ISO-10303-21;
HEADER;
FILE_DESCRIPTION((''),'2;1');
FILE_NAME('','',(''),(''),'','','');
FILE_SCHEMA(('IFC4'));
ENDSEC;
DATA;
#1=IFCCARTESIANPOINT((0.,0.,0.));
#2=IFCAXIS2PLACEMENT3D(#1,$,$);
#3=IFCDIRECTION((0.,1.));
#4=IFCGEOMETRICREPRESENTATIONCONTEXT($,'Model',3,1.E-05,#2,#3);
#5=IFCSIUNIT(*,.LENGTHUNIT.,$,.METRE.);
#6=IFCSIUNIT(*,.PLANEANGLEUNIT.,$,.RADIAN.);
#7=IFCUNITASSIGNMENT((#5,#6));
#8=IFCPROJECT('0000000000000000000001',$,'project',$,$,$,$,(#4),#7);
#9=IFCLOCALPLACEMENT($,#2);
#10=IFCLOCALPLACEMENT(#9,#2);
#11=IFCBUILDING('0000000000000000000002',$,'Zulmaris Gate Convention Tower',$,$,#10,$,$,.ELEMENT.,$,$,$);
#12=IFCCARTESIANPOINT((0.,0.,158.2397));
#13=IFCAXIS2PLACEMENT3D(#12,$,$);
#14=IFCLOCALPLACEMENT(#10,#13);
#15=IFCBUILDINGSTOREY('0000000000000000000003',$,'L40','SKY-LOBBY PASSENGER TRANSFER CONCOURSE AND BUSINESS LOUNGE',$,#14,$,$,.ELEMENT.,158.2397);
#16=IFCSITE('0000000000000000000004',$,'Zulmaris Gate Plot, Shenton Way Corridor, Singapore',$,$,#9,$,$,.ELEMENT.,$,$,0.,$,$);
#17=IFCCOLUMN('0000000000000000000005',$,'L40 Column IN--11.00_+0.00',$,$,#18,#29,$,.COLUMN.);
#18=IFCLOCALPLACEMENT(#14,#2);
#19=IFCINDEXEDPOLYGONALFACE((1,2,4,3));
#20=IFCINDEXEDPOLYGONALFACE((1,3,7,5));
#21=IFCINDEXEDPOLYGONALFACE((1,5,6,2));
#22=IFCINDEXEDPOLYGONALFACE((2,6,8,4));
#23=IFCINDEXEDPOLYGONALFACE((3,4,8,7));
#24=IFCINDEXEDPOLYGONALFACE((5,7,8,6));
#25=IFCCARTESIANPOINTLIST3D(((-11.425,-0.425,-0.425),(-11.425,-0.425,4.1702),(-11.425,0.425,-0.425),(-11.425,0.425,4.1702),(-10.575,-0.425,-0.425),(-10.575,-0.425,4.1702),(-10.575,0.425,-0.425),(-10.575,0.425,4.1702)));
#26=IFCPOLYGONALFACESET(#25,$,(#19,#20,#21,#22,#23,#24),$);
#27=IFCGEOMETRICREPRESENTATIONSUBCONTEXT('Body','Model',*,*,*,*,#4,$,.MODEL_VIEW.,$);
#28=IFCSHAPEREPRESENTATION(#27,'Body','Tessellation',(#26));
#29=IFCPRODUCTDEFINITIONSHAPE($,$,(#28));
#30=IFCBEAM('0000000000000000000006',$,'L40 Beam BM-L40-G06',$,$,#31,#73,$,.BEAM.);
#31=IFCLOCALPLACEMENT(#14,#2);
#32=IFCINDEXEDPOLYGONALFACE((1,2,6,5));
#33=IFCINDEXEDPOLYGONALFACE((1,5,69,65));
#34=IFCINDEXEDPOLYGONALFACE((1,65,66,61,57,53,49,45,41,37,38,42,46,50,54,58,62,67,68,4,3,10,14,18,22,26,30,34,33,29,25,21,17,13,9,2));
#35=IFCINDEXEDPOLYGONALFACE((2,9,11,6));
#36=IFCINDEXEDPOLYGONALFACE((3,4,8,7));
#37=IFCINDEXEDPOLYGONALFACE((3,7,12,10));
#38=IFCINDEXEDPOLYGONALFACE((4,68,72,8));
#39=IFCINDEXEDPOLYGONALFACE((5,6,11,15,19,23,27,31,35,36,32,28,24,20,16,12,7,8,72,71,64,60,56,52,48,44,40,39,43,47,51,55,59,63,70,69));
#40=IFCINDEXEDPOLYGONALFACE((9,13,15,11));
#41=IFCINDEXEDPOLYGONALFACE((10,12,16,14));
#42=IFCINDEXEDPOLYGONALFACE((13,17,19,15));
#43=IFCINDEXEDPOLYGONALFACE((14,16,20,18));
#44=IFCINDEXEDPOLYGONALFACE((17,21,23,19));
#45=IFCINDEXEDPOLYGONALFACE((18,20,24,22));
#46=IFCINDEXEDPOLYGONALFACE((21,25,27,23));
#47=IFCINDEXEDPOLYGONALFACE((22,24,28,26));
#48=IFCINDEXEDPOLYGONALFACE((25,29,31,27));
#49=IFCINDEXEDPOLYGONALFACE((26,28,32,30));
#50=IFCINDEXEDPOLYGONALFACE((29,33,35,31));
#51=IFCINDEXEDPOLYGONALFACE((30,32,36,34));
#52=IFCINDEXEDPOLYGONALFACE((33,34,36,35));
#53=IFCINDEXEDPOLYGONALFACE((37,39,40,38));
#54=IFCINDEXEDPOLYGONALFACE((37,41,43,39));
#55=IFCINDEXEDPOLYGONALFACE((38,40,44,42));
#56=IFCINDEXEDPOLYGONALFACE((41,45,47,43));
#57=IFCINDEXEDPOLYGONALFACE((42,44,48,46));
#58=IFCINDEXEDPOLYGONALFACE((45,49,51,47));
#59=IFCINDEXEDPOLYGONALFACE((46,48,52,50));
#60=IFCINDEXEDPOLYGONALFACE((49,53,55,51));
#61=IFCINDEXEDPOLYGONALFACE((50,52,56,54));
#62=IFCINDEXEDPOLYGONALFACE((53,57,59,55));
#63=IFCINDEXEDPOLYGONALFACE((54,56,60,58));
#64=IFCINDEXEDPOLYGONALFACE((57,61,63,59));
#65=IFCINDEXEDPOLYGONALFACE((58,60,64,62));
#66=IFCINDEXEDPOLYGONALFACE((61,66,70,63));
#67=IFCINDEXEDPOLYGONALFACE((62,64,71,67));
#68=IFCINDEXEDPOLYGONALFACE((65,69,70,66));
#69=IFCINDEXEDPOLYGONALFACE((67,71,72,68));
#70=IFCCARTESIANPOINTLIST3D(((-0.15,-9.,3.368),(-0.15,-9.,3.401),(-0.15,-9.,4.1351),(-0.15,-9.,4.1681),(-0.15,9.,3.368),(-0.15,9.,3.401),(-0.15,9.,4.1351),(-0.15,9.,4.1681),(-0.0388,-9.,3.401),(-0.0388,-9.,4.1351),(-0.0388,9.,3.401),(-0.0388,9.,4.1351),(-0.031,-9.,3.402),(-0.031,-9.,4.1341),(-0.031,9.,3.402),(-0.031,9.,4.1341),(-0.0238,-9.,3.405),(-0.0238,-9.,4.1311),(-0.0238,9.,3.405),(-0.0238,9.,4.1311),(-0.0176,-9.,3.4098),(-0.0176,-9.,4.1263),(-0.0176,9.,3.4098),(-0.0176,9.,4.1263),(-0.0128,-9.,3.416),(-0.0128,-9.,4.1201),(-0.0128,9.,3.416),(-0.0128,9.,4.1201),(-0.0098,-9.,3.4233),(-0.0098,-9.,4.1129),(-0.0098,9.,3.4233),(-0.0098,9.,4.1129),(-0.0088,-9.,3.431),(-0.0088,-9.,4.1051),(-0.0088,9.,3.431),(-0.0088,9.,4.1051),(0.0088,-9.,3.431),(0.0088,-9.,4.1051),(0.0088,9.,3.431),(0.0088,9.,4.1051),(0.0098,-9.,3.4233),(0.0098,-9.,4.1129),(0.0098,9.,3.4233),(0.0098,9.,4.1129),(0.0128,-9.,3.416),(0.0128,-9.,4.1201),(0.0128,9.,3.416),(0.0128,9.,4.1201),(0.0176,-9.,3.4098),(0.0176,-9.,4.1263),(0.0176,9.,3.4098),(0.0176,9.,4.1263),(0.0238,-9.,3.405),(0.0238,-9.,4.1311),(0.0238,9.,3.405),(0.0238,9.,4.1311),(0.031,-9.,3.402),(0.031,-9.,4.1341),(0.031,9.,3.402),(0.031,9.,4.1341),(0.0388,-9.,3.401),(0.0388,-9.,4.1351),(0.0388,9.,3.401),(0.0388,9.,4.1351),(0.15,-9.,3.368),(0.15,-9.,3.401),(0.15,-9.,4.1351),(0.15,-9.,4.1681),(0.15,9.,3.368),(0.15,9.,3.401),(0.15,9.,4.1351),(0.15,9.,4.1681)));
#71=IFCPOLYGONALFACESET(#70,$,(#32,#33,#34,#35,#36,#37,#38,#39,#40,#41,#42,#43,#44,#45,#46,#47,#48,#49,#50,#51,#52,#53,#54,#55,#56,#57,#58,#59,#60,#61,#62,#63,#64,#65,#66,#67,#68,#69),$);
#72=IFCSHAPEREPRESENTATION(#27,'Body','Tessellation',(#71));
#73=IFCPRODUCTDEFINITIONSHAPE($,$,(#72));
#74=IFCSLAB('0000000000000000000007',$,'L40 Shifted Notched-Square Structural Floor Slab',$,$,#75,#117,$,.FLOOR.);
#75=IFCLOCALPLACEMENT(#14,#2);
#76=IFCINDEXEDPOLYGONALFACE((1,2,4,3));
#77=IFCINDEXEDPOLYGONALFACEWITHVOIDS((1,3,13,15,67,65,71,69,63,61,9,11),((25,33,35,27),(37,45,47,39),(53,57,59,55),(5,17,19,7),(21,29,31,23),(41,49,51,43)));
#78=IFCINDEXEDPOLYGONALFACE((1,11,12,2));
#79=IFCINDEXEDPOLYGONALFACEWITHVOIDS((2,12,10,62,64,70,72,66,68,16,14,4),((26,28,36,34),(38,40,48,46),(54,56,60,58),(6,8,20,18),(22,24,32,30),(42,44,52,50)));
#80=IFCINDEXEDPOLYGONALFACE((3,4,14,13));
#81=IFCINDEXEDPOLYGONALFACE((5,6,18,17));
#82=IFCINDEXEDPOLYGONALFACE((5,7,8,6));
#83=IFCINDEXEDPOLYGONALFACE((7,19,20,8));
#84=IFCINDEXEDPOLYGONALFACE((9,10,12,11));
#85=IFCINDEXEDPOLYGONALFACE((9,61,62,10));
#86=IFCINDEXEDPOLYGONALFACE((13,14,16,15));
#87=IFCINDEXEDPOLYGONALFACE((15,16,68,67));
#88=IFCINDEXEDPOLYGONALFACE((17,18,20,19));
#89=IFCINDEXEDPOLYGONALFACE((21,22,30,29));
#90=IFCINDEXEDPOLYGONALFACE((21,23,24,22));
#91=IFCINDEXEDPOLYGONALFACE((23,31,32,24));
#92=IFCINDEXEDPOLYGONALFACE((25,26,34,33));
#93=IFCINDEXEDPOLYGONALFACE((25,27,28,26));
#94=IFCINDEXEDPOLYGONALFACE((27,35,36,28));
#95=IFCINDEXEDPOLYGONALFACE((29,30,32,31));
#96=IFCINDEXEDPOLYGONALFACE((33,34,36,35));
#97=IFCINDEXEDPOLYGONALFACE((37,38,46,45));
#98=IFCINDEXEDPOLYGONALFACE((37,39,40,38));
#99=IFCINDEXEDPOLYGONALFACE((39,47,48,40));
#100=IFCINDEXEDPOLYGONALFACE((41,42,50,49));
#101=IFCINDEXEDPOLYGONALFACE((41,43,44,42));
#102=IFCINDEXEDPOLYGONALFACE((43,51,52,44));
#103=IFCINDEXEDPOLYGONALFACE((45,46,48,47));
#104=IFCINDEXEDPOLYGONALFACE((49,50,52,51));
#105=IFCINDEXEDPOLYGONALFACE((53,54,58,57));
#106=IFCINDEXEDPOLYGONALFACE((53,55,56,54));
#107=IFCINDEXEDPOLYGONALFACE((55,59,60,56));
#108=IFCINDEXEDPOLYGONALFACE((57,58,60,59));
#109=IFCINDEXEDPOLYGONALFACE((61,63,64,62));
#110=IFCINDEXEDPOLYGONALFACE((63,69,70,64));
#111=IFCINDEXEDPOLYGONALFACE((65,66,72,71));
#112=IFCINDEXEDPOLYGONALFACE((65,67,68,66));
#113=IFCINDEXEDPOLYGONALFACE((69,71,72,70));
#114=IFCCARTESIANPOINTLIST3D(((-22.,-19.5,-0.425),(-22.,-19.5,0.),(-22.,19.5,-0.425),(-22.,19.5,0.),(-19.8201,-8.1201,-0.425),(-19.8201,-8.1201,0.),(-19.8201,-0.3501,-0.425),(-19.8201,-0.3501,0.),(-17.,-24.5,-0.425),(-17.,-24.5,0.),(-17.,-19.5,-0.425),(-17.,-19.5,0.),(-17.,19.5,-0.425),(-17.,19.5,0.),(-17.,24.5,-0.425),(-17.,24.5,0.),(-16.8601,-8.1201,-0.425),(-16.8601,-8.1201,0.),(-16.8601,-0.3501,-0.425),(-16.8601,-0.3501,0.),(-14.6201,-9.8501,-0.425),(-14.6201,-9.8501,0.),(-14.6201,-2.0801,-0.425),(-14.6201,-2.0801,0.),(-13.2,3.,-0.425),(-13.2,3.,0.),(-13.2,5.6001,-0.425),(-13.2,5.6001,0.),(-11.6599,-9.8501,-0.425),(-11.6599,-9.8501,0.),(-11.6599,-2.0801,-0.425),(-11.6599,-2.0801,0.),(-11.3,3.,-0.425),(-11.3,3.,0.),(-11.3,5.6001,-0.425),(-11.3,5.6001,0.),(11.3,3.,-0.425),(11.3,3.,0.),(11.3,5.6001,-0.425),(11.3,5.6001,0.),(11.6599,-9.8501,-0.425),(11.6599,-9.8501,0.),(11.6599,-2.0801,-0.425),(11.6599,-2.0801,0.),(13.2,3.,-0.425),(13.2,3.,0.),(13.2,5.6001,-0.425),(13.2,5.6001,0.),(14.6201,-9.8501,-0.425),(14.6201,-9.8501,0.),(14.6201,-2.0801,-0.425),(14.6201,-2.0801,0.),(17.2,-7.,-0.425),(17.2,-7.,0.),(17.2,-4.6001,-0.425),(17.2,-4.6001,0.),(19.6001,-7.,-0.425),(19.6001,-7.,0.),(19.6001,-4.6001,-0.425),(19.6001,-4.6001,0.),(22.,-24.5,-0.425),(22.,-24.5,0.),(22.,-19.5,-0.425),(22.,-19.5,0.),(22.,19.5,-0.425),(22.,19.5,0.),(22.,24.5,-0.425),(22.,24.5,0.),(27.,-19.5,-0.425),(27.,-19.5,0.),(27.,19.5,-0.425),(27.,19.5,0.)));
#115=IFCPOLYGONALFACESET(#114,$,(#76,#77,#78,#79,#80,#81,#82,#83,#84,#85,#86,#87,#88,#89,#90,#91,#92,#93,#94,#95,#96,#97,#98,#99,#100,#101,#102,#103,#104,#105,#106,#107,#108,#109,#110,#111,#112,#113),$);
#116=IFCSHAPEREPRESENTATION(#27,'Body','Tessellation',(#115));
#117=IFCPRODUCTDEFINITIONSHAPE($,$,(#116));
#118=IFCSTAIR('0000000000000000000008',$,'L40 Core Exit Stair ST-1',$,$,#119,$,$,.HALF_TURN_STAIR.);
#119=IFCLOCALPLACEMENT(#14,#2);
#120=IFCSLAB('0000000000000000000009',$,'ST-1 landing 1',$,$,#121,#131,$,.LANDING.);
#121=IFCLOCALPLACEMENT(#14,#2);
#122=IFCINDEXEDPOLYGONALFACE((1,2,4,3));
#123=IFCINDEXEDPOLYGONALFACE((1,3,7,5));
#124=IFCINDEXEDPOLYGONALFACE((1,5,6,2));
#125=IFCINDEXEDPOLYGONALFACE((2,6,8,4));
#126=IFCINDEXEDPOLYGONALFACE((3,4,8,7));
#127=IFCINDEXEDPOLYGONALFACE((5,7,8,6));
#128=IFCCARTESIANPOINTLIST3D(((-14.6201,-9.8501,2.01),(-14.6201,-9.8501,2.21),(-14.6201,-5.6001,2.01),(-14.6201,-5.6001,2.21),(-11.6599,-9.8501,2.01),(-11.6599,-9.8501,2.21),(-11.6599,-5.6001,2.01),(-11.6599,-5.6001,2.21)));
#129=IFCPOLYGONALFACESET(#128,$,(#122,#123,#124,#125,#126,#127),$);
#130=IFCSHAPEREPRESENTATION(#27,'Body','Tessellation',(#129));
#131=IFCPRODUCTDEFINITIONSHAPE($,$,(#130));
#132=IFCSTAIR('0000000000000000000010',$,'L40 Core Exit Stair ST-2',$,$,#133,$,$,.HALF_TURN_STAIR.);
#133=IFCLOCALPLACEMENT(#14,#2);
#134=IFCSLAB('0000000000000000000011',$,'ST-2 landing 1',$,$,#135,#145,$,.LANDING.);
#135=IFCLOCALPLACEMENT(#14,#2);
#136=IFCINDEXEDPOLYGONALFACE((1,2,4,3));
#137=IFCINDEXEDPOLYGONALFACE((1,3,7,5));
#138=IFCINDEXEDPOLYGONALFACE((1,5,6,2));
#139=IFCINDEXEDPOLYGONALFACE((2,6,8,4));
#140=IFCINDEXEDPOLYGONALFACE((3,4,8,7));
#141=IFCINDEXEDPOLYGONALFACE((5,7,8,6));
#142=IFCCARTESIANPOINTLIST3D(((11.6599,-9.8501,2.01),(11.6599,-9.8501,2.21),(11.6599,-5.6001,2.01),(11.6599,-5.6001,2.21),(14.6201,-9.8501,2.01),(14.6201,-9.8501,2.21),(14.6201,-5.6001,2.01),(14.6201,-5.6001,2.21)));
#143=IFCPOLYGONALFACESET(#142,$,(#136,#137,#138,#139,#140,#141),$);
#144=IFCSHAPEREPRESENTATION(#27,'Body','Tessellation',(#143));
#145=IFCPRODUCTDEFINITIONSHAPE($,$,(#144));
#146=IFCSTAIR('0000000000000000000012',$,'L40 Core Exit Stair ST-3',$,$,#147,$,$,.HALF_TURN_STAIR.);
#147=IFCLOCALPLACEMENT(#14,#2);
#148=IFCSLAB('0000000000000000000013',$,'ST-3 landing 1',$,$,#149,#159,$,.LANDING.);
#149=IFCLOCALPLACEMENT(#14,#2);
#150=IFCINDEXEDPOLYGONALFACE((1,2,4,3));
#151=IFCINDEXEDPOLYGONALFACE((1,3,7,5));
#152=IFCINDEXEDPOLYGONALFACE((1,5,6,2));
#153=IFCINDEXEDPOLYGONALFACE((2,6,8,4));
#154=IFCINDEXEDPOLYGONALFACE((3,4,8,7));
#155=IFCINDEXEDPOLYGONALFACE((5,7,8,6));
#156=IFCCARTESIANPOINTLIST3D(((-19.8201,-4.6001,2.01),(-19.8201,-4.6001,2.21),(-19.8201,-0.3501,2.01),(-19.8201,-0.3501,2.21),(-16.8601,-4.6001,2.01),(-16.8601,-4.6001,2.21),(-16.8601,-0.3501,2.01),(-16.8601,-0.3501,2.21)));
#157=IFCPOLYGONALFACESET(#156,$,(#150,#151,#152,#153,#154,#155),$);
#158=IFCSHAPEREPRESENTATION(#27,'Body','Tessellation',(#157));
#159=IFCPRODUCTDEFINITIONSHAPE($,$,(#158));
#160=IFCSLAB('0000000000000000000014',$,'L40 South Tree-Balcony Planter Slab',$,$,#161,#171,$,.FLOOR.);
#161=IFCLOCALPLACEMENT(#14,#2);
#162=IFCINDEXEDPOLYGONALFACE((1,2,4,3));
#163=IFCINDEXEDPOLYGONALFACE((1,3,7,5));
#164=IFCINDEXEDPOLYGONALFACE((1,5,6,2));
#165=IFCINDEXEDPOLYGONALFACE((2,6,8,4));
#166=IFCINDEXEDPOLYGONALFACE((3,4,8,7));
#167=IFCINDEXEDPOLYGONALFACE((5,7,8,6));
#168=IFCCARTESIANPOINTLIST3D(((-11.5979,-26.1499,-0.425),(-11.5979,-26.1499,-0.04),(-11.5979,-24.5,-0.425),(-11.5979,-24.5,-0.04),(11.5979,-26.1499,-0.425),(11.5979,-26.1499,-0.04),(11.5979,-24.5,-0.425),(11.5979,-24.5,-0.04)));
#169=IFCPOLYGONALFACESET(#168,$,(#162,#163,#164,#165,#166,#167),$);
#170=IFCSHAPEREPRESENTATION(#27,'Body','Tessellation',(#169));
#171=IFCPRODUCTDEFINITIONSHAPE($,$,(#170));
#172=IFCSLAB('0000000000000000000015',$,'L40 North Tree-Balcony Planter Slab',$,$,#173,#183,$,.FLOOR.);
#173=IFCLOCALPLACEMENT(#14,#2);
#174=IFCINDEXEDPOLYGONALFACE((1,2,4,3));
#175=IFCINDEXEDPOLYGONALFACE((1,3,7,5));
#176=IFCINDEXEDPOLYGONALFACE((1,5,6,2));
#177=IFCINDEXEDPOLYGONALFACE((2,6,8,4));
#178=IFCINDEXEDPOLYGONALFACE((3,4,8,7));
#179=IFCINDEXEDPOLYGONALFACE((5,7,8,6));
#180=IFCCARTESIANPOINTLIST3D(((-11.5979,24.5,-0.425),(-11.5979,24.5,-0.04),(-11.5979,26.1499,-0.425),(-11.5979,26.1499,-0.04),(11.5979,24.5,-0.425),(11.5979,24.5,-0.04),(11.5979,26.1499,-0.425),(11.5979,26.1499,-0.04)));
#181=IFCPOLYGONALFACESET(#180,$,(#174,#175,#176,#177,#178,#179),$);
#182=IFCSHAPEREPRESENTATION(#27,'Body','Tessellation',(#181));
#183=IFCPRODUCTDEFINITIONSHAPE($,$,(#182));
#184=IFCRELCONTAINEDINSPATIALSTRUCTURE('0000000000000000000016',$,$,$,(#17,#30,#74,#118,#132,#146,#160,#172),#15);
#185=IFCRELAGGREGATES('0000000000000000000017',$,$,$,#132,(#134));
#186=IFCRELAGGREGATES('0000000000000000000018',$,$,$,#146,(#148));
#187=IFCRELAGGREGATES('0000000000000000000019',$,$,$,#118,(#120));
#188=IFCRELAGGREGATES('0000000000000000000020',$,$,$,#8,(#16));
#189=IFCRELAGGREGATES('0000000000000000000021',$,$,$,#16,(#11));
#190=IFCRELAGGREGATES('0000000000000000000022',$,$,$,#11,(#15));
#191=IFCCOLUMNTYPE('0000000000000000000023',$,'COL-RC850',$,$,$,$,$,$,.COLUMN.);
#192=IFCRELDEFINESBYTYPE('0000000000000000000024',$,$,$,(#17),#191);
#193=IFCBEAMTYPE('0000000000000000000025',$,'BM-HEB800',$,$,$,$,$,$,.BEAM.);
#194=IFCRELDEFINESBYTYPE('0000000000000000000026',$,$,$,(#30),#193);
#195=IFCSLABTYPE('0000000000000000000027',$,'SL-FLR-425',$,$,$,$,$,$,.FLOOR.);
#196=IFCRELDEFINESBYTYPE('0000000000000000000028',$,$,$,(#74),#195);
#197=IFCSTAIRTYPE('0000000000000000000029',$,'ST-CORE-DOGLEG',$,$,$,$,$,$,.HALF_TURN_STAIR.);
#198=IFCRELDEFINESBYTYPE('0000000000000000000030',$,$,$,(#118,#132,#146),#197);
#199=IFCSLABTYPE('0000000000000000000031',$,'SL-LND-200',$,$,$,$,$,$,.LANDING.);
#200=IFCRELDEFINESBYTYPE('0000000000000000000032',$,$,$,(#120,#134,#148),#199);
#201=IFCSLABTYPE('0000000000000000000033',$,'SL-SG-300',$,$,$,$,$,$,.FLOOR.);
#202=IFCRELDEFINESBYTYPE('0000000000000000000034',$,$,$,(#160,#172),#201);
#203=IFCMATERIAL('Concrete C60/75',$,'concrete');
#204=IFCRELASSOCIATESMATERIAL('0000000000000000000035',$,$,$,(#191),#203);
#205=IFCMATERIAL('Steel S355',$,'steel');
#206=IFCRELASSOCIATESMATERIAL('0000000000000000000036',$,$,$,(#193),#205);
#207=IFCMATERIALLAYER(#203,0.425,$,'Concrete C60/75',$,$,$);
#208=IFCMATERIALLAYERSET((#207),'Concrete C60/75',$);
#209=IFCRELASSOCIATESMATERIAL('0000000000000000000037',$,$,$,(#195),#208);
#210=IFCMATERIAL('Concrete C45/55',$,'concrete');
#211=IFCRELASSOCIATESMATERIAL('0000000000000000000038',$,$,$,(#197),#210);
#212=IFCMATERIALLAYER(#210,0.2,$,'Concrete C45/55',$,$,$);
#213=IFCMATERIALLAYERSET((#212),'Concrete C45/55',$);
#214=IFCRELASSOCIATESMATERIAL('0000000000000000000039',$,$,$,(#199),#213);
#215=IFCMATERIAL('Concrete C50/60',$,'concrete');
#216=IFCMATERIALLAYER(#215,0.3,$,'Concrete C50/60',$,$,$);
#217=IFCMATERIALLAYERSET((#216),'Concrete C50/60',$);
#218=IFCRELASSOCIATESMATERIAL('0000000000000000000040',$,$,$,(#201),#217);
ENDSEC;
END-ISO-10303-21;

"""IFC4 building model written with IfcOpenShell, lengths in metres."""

from ifc_helpers import new_model, si_unit, direction, frame, origin, origin_2d, place, context, subcontext, project, spatial, polyline, rectangle, i_section, outline, extrude, material, layer, layer_set, material_profile, profile_set, type_object, element, aggregate, save


model = new_model("IFC4")

# Units and contexts
model_context = context("Model", 3, precision=1e-05, world=origin(), true_north=direction((0.0, 1.0)))
body_context = subcontext(model_context, "Body", "Model", "MODEL_VIEW")
ifc_project = project(units=[si_unit("LENGTHUNIT", "METRE"), si_unit("PLANEANGLEUNIT", "RADIAN")], contexts=[model_context])

# Site, building, storey
site_placement = place(None, origin())
site = spatial("IfcSite", under=ifc_project, at=site_placement, Name="Zulmaris Gate Plot, Shenton Way Corridor, Singapore", CompositionType="ELEMENT", RefElevation=0.0)
building_placement = place(site_placement, origin())
building = spatial("IfcBuilding", under=site, at=building_placement, Name="Zulmaris Gate Convention Tower", CompositionType="ELEMENT")
storey_placement = place(building_placement, frame((0.0, 0.0, 158.2397)))
storey = spatial("IfcBuildingStorey", under=building, at=storey_placement, Name="L40", Description="SKY-LOBBY PASSENGER TRANSFER CONCOURSE AND BUSINESS LOUNGE", CompositionType="ELEMENT", Elevation=158.2397)

# Column
ifc_material_1 = material(Name="Concrete C60/75", Category="concrete")
ifc_material_profile_1 = material_profile(ifc_material_1, rectangle(XDim=0.8501, YDim=0.8501, at=origin_2d()), Name="RC COL 850x850")
ifc_profile_set_1 = profile_set([ifc_material_profile_1], Name="Concrete C60/75")
column_type = type_object("IfcColumnType", Name="COL-RC850", PredefinedType="COLUMN", material=ifc_profile_set_1)
column_placement = place(storey_placement, frame((-11.0, 0.0, -0.425), z_axis=(0.0, 0.0, 1.0), x_axis=(1.0, 0.0, 0.0)))
element("IfcColumn", 1, at=column_placement, inside=storey, type_object=column_type, Name="L40 Column IN--11.00_+0.00", PredefinedType="COLUMN", context=body_context, shape_type="SweptSolid", body=[
    extrude(rectangle(XDim=0.8501, YDim=0.8501, at=origin_2d()), origin(), (0.0, 0.0, 1.0), 4.5952),
])

# Beam
ifc_material_2 = material(Name="Steel S355", Category="steel")
ifc_material_profile_2 = material_profile(ifc_material_2, i_section(OverallWidth=0.3, OverallDepth=0.8, WebThickness=0.0176, FlangeThickness=0.033, FilletRadius=0.03, at=origin_2d()), Name="HEB 800")
ifc_profile_set_2 = profile_set([ifc_material_profile_2], Name="Steel S355")
beam_type = type_object("IfcBeamType", Name="BM-HEB800", PredefinedType="BEAM", material=ifc_profile_set_2)
beam_placement = place(storey_placement, frame((0.0, -9.0, 3.7681), z_axis=(0.0, 1.0, 0.0), x_axis=(-1.0, 0.0, 0.0)))
element("IfcBeam", 2, at=beam_placement, inside=storey, type_object=beam_type, Name="L40 Beam BM-L40-G06", PredefinedType="BEAM", context=body_context, shape_type="SweptSolid", body=[
    extrude(i_section(OverallWidth=0.3, OverallDepth=0.8, WebThickness=0.0176, FlangeThickness=0.033, FilletRadius=0.03, at=origin_2d()), origin(), (0.0, 0.0, 1.0), 18.0),
])

# Slab
ifc_layer_1 = layer(ifc_material_1, 0.425, Name="Concrete C60/75")
ifc_layer_set_1 = layer_set([ifc_layer_1], Name="Concrete C60/75")
slab_type_1 = type_object("IfcSlabType", Name="SL-FLR-425", PredefinedType="FLOOR", material=ifc_layer_set_1)
slab_1_placement = place(storey_placement, frame((0.0, 0.0, -0.425)))
element("IfcSlab", 3, at=slab_1_placement, inside=storey, type_object=slab_type_1, Name="L40 Shifted Notched-Square Structural Floor Slab", PredefinedType="FLOOR", context=body_context, shape_type="SweptSolid", body=[
    extrude(outline(polyline([(-17.0, -24.5), (22.0, -24.5), (22.0, -19.5), (27.0, -19.5), (27.0, 19.5), (22.0, 19.5), (22.0, 24.5), (-17.0, 24.5), (-17.0, 19.5), (-22.0, 19.5), (-22.0, -19.5), (-17.0, -19.5), (-17.0, -24.5)]), holes=[polyline([(-14.6201, -2.0801), (-14.6201, -9.8501), (-11.6599, -9.8501), (-11.6599, -2.0801), (-14.6201, -2.0801)]), polyline([(11.6599, -2.0801), (11.6599, -9.8501), (14.6201, -9.8501), (14.6201, -2.0801), (11.6599, -2.0801)]), polyline([(-16.8601, -8.1201), (-16.8601, -0.3501), (-19.8201, -0.3501), (-19.8201, -8.1201), (-16.8601, -8.1201)]), polyline([(-13.2, 3.0), (-11.3, 3.0), (-11.3, 5.6001), (-13.2, 5.6001), (-13.2, 3.0)]), polyline([(11.3, 3.0), (13.2, 3.0), (13.2, 5.6001), (11.3, 5.6001), (11.3, 3.0)]), polyline([(17.2, -7.0), (19.6001, -7.0), (19.6001, -4.6001), (17.2, -4.6001), (17.2, -7.0)])]), origin(), (0.0, 0.0, 1.0), 0.425),
])

# Stairs, slabs
ifc_material_3 = material(Name="Concrete C45/55", Category="concrete")
stair_type = type_object("IfcStairType", Name="ST-CORE-DOGLEG", PredefinedType="HALF_TURN_STAIR", material=ifc_material_3)
stair_1_placement = place(storey_placement, origin())
stair_1 = element("IfcStair", 4, at=stair_1_placement, inside=storey, type_object=stair_type, Name="L40 Core Exit Stair ST-1", PredefinedType="HALF_TURN_STAIR")
ifc_layer_2 = layer(ifc_material_3, 0.2, Name="Concrete C45/55")
ifc_layer_set_2 = layer_set([ifc_layer_2], Name="Concrete C45/55")
slab_type_2 = type_object("IfcSlabType", Name="SL-LND-200", PredefinedType="LANDING", material=ifc_layer_set_2)
slab_2_placement = place(storey_placement, frame((0.0, 0.0, 2.01)))
slab_2 = element("IfcSlab", 5, at=slab_2_placement, type_object=slab_type_2, Name="ST-1 landing 1", PredefinedType="LANDING", context=body_context, shape_type="SweptSolid", body=[
    extrude(outline(polyline([(-14.6201, -5.6001), (-14.6201, -9.8501), (-11.6599, -9.8501), (-11.6599, -5.6001), (-14.6201, -5.6001)])), origin(), (0.0, 0.0, 1.0), 0.2),
])
stair_2_placement = place(storey_placement, origin())
stair_2 = element("IfcStair", 6, at=stair_2_placement, inside=storey, type_object=stair_type, Name="L40 Core Exit Stair ST-2", PredefinedType="HALF_TURN_STAIR")
slab_3_placement = place(storey_placement, frame((0.0, 0.0, 2.01)))
slab_3 = element("IfcSlab", 7, at=slab_3_placement, type_object=slab_type_2, Name="ST-2 landing 1", PredefinedType="LANDING", context=body_context, shape_type="SweptSolid", body=[
    extrude(outline(polyline([(11.6599, -5.6001), (11.6599, -9.8501), (14.6201, -9.8501), (14.6201, -5.6001), (11.6599, -5.6001)])), origin(), (0.0, 0.0, 1.0), 0.2),
])
aggregate(stair_2, [slab_3])
stair_3_placement = place(storey_placement, origin())
stair_3 = element("IfcStair", 8, at=stair_3_placement, inside=storey, type_object=stair_type, Name="L40 Core Exit Stair ST-3", PredefinedType="HALF_TURN_STAIR")
slab_4_placement = place(storey_placement, frame((0.0, 0.0, 2.01)))
slab_4 = element("IfcSlab", 9, at=slab_4_placement, type_object=slab_type_2, Name="ST-3 landing 1", PredefinedType="LANDING", context=body_context, shape_type="SweptSolid", body=[
    extrude(outline(polyline([(-16.8601, -4.6001), (-16.8601, -0.3501), (-19.8201, -0.3501), (-19.8201, -4.6001), (-16.8601, -4.6001)])), origin(), (0.0, 0.0, 1.0), 0.2),
])
aggregate(stair_3, [slab_4])

# Slabs
ifc_material_4 = material(Name="Concrete C50/60", Category="concrete")
ifc_layer_3 = layer(ifc_material_4, 0.3, Name="Concrete C50/60")
ifc_layer_set_3 = layer_set([ifc_layer_3], Name="Concrete C50/60")
slab_type_3 = type_object("IfcSlabType", Name="SL-SG-300", PredefinedType="FLOOR", material=ifc_layer_set_3)
slab_5_placement = place(storey_placement, frame((0.0, 0.0, -0.425)))
element("IfcSlab", 10, at=slab_5_placement, inside=storey, type_object=slab_type_3, Name="L40 South Tree-Balcony Planter Slab", PredefinedType="FLOOR", context=body_context, shape_type="SweptSolid", body=[
    extrude(outline(polyline([(-11.5979, -26.1499), (-11.5979, -24.5), (11.5979, -24.5), (11.5979, -26.1499), (-11.5979, -26.1499)])), origin(), (0.0, 0.0, 1.0), 0.385),
])
slab_6_placement = place(storey_placement, frame((0.0, 0.0, -0.425)))
element("IfcSlab", 11, at=slab_6_placement, inside=storey, type_object=slab_type_3, Name="L40 North Tree-Balcony Planter Slab", PredefinedType="FLOOR", context=body_context, shape_type="SweptSolid", body=[
    extrude(outline(polyline([(11.5979, 26.1499), (11.5979, 24.5), (-11.5979, 24.5), (-11.5979, 26.1499), (11.5979, 26.1499)])), origin(), (0.0, 0.0, 1.0), 0.385),
])

aggregate(stair_1, [slab_2])

save(model, "model.ifc")
